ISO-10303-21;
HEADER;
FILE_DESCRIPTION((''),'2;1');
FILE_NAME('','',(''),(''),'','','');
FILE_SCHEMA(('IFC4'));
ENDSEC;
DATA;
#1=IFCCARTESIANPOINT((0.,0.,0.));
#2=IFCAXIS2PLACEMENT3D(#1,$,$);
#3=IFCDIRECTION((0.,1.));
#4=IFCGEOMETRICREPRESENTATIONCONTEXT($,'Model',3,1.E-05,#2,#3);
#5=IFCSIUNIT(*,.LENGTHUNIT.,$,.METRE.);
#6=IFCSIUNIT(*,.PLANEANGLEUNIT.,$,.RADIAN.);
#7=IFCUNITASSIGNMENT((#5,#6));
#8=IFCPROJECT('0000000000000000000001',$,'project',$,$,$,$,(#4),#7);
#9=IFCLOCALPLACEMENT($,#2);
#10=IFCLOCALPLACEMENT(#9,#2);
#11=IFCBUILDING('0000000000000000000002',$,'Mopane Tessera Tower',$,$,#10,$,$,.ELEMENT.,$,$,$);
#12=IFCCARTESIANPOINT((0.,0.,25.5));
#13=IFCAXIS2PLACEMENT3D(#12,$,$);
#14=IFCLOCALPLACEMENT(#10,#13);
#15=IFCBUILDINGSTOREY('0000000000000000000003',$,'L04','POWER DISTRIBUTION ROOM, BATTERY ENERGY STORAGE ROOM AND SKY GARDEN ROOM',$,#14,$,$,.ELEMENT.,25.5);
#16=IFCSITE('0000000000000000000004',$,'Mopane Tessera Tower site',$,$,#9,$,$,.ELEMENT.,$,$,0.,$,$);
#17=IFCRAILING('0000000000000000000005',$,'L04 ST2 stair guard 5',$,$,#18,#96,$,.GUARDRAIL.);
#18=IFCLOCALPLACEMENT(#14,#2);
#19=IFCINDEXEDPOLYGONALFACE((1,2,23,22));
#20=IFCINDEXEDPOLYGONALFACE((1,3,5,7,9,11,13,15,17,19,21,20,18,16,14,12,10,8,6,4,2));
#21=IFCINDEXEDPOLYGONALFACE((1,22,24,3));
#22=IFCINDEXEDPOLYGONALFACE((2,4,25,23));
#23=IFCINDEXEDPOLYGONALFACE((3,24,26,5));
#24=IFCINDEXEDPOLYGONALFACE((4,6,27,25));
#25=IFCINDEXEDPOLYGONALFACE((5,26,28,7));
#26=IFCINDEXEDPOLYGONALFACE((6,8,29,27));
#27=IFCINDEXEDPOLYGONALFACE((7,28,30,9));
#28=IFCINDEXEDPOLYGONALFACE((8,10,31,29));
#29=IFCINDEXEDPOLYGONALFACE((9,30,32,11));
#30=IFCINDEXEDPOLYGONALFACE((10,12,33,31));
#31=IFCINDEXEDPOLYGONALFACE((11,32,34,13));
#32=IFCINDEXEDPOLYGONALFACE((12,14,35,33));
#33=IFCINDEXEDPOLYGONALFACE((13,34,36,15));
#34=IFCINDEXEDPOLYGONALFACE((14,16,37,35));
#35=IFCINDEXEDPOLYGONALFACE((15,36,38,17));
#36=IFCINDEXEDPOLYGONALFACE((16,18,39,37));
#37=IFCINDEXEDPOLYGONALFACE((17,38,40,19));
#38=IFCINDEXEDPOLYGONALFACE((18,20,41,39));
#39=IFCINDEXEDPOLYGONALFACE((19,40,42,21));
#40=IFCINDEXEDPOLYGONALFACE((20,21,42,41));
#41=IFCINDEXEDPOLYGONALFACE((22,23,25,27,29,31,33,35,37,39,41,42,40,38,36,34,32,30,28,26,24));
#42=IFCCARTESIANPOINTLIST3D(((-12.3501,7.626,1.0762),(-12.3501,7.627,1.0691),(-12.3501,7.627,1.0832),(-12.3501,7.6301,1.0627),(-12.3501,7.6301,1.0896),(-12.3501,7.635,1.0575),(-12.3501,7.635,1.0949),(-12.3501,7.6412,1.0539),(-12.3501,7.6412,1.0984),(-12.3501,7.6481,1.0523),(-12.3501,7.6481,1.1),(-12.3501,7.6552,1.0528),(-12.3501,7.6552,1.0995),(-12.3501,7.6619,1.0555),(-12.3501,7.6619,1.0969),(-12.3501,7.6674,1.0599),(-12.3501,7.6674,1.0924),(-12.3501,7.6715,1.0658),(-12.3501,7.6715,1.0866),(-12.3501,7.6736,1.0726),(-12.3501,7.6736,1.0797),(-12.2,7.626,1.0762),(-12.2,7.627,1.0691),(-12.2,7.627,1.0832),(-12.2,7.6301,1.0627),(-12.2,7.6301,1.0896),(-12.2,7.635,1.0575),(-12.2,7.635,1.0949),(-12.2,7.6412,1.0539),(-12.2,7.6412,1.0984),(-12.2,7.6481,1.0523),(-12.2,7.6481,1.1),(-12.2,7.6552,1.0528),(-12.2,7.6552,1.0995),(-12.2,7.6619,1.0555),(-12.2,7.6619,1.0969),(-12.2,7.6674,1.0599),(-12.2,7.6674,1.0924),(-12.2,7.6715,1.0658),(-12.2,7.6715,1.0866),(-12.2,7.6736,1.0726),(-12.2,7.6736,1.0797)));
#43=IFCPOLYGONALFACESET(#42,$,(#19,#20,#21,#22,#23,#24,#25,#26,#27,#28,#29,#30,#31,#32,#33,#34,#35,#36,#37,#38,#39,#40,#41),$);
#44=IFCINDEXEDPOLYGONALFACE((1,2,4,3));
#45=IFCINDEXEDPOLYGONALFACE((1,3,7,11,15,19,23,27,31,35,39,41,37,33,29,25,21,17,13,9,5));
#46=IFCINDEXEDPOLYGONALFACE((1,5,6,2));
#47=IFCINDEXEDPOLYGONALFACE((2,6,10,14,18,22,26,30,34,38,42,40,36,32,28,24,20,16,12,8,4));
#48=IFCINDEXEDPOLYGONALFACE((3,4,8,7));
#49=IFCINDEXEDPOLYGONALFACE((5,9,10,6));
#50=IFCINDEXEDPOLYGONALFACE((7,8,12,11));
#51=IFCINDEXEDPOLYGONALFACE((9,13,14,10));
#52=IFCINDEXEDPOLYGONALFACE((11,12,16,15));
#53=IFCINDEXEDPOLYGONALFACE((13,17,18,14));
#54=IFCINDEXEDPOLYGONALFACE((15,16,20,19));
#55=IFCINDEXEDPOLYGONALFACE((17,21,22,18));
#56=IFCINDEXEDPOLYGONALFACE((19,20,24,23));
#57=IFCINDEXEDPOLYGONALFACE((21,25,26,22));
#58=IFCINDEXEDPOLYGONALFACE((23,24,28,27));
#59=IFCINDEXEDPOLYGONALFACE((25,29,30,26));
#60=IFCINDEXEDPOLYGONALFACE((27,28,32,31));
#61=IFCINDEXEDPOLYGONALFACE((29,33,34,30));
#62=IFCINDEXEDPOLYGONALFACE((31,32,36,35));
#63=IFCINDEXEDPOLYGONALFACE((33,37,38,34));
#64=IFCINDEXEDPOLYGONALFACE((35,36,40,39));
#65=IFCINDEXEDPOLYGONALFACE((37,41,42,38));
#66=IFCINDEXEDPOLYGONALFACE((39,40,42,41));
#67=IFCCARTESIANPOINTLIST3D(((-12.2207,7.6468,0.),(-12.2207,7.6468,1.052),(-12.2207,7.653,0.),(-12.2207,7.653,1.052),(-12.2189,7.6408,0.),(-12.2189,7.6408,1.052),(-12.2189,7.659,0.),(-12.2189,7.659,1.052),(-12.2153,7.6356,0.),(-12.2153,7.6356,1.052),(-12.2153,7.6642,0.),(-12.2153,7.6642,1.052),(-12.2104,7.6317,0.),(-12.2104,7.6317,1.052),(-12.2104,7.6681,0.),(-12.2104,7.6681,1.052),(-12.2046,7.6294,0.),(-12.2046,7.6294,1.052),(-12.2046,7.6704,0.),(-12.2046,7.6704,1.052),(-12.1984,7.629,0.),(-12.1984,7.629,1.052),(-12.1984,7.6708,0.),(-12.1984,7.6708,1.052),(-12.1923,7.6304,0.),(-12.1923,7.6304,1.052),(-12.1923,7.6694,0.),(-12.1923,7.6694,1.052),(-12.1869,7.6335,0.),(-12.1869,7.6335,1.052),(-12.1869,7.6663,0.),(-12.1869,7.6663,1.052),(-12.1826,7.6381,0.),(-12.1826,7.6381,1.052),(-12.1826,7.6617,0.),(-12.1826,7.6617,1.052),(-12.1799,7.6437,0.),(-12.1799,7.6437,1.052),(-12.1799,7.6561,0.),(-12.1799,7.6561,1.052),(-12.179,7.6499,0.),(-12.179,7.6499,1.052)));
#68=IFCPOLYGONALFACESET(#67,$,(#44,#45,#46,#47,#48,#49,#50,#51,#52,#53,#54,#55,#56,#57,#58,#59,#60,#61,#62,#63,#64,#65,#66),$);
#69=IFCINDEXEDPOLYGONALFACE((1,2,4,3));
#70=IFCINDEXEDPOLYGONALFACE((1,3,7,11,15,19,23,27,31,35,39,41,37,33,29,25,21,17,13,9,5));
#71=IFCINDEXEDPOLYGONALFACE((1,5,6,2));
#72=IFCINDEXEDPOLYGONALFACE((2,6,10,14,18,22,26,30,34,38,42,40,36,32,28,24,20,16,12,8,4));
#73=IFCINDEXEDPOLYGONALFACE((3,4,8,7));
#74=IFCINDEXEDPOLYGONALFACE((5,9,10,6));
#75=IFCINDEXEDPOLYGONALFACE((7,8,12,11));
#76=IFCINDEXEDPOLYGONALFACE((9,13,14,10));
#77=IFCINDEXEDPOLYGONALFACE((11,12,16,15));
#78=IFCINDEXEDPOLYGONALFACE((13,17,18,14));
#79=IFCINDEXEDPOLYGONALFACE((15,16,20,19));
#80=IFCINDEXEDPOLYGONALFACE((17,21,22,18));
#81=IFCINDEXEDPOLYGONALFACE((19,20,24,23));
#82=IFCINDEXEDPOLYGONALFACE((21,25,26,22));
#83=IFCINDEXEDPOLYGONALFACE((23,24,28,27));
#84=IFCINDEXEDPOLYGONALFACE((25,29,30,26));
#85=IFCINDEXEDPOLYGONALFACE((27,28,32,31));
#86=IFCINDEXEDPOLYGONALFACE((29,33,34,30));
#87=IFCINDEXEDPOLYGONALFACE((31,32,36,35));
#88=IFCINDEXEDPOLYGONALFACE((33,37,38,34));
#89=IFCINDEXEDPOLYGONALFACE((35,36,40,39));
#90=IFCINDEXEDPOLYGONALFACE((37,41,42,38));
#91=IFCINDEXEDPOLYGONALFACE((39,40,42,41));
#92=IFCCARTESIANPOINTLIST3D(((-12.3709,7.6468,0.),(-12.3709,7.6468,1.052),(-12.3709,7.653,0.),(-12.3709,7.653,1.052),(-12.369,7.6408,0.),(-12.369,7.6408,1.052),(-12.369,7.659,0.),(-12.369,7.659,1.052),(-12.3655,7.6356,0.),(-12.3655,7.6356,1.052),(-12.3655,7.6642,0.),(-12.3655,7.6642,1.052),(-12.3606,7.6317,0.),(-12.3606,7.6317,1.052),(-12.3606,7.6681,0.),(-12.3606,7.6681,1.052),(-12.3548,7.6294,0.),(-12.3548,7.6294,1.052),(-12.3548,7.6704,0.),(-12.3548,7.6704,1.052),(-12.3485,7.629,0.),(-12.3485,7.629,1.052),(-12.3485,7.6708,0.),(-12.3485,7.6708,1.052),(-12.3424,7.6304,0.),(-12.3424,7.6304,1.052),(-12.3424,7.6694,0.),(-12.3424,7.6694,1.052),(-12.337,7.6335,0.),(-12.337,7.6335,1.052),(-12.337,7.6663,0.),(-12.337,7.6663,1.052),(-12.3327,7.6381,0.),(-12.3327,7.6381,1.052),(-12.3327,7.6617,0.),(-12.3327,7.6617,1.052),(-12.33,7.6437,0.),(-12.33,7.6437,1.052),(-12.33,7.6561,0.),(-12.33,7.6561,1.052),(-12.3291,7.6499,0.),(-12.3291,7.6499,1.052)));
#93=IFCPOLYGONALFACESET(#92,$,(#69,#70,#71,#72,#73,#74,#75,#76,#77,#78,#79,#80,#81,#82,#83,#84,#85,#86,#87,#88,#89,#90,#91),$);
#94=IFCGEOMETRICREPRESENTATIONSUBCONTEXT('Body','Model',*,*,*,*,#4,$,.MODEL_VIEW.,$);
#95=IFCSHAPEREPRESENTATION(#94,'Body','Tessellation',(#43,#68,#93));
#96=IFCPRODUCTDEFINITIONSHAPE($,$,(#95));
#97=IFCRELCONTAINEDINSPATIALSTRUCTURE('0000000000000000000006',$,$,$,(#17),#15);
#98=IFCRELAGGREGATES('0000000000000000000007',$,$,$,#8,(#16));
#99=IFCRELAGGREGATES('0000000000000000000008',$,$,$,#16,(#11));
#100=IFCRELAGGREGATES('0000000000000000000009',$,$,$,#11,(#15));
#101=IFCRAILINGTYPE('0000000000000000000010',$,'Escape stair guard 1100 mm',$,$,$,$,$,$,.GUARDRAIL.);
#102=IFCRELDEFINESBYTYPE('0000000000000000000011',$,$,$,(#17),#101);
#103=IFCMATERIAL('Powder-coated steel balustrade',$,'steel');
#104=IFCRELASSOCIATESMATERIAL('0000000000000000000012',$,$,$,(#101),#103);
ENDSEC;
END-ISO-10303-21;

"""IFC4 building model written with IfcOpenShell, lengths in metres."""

from ifc_helpers import new_model, si_unit, direction, frame, origin, origin_2d, place, context, subcontext, project, spatial, circle, extrude, material, type_object, element, save


model = new_model("IFC4")

# Units and contexts
model_context = context("Model", 3, precision=1e-05, world=origin(), true_north=direction((0.0, 1.0)))
body_context = subcontext(model_context, "Body", "Model", "MODEL_VIEW")
ifc_project = project(units=[si_unit("LENGTHUNIT", "METRE"), si_unit("PLANEANGLEUNIT", "RADIAN")], contexts=[model_context])

# Site, building, storey
site_placement = place(None, origin())
site = spatial("IfcSite", under=ifc_project, at=site_placement, Name="Mopane Tessera Tower site", CompositionType="ELEMENT", RefElevation=0.0)
building_placement = place(site_placement, origin())
building = spatial("IfcBuilding", under=site, at=building_placement, Name="Mopane Tessera Tower", CompositionType="ELEMENT")
storey_placement = place(building_placement, frame((0.0, 0.0, 25.5)))
storey = spatial("IfcBuildingStorey", under=building, at=storey_placement, Name="L04", Description="POWER DISTRIBUTION ROOM, BATTERY ENERGY STORAGE ROOM AND SKY GARDEN ROOM", CompositionType="ELEMENT", Elevation=25.5)

# Railing
ifc_material_1 = material(Name="Powder-coated steel balustrade", Category="steel")
railing_type_1 = type_object("IfcRailingType", Name="Escape stair guard 1100 mm", PredefinedType="GUARDRAIL", material=ifc_material_1)
railing_placement = place(storey_placement, frame((-12.2, 7.6499, 0.0)))
element("IfcRailing", 1, at=railing_placement, inside=storey, type_object=railing_type_1, Name="L04 ST2 stair guard 5", PredefinedType="GUARDRAIL", context=body_context, shape_type="SweptSolid", body=[
    extrude(circle(Radius=0.0239, at=origin_2d()), frame((0.0, 0.0, 1.0762), z_axis=(-1.0, 0.0, 0.0), x_axis=(0.0, -1.0, 0.0)), (0.0, 0.0, 1.0), 0.1501),
    extrude(circle(Radius=0.021, at=origin_2d()), origin(), (0.0, 0.0, 1.0), 1.052),
    extrude(circle(Radius=0.021, at=origin_2d()), frame((-0.1501, 0.0, 0.0)), (0.0, 0.0, 1.0), 1.052),
])

save(model, "model.ifc")
